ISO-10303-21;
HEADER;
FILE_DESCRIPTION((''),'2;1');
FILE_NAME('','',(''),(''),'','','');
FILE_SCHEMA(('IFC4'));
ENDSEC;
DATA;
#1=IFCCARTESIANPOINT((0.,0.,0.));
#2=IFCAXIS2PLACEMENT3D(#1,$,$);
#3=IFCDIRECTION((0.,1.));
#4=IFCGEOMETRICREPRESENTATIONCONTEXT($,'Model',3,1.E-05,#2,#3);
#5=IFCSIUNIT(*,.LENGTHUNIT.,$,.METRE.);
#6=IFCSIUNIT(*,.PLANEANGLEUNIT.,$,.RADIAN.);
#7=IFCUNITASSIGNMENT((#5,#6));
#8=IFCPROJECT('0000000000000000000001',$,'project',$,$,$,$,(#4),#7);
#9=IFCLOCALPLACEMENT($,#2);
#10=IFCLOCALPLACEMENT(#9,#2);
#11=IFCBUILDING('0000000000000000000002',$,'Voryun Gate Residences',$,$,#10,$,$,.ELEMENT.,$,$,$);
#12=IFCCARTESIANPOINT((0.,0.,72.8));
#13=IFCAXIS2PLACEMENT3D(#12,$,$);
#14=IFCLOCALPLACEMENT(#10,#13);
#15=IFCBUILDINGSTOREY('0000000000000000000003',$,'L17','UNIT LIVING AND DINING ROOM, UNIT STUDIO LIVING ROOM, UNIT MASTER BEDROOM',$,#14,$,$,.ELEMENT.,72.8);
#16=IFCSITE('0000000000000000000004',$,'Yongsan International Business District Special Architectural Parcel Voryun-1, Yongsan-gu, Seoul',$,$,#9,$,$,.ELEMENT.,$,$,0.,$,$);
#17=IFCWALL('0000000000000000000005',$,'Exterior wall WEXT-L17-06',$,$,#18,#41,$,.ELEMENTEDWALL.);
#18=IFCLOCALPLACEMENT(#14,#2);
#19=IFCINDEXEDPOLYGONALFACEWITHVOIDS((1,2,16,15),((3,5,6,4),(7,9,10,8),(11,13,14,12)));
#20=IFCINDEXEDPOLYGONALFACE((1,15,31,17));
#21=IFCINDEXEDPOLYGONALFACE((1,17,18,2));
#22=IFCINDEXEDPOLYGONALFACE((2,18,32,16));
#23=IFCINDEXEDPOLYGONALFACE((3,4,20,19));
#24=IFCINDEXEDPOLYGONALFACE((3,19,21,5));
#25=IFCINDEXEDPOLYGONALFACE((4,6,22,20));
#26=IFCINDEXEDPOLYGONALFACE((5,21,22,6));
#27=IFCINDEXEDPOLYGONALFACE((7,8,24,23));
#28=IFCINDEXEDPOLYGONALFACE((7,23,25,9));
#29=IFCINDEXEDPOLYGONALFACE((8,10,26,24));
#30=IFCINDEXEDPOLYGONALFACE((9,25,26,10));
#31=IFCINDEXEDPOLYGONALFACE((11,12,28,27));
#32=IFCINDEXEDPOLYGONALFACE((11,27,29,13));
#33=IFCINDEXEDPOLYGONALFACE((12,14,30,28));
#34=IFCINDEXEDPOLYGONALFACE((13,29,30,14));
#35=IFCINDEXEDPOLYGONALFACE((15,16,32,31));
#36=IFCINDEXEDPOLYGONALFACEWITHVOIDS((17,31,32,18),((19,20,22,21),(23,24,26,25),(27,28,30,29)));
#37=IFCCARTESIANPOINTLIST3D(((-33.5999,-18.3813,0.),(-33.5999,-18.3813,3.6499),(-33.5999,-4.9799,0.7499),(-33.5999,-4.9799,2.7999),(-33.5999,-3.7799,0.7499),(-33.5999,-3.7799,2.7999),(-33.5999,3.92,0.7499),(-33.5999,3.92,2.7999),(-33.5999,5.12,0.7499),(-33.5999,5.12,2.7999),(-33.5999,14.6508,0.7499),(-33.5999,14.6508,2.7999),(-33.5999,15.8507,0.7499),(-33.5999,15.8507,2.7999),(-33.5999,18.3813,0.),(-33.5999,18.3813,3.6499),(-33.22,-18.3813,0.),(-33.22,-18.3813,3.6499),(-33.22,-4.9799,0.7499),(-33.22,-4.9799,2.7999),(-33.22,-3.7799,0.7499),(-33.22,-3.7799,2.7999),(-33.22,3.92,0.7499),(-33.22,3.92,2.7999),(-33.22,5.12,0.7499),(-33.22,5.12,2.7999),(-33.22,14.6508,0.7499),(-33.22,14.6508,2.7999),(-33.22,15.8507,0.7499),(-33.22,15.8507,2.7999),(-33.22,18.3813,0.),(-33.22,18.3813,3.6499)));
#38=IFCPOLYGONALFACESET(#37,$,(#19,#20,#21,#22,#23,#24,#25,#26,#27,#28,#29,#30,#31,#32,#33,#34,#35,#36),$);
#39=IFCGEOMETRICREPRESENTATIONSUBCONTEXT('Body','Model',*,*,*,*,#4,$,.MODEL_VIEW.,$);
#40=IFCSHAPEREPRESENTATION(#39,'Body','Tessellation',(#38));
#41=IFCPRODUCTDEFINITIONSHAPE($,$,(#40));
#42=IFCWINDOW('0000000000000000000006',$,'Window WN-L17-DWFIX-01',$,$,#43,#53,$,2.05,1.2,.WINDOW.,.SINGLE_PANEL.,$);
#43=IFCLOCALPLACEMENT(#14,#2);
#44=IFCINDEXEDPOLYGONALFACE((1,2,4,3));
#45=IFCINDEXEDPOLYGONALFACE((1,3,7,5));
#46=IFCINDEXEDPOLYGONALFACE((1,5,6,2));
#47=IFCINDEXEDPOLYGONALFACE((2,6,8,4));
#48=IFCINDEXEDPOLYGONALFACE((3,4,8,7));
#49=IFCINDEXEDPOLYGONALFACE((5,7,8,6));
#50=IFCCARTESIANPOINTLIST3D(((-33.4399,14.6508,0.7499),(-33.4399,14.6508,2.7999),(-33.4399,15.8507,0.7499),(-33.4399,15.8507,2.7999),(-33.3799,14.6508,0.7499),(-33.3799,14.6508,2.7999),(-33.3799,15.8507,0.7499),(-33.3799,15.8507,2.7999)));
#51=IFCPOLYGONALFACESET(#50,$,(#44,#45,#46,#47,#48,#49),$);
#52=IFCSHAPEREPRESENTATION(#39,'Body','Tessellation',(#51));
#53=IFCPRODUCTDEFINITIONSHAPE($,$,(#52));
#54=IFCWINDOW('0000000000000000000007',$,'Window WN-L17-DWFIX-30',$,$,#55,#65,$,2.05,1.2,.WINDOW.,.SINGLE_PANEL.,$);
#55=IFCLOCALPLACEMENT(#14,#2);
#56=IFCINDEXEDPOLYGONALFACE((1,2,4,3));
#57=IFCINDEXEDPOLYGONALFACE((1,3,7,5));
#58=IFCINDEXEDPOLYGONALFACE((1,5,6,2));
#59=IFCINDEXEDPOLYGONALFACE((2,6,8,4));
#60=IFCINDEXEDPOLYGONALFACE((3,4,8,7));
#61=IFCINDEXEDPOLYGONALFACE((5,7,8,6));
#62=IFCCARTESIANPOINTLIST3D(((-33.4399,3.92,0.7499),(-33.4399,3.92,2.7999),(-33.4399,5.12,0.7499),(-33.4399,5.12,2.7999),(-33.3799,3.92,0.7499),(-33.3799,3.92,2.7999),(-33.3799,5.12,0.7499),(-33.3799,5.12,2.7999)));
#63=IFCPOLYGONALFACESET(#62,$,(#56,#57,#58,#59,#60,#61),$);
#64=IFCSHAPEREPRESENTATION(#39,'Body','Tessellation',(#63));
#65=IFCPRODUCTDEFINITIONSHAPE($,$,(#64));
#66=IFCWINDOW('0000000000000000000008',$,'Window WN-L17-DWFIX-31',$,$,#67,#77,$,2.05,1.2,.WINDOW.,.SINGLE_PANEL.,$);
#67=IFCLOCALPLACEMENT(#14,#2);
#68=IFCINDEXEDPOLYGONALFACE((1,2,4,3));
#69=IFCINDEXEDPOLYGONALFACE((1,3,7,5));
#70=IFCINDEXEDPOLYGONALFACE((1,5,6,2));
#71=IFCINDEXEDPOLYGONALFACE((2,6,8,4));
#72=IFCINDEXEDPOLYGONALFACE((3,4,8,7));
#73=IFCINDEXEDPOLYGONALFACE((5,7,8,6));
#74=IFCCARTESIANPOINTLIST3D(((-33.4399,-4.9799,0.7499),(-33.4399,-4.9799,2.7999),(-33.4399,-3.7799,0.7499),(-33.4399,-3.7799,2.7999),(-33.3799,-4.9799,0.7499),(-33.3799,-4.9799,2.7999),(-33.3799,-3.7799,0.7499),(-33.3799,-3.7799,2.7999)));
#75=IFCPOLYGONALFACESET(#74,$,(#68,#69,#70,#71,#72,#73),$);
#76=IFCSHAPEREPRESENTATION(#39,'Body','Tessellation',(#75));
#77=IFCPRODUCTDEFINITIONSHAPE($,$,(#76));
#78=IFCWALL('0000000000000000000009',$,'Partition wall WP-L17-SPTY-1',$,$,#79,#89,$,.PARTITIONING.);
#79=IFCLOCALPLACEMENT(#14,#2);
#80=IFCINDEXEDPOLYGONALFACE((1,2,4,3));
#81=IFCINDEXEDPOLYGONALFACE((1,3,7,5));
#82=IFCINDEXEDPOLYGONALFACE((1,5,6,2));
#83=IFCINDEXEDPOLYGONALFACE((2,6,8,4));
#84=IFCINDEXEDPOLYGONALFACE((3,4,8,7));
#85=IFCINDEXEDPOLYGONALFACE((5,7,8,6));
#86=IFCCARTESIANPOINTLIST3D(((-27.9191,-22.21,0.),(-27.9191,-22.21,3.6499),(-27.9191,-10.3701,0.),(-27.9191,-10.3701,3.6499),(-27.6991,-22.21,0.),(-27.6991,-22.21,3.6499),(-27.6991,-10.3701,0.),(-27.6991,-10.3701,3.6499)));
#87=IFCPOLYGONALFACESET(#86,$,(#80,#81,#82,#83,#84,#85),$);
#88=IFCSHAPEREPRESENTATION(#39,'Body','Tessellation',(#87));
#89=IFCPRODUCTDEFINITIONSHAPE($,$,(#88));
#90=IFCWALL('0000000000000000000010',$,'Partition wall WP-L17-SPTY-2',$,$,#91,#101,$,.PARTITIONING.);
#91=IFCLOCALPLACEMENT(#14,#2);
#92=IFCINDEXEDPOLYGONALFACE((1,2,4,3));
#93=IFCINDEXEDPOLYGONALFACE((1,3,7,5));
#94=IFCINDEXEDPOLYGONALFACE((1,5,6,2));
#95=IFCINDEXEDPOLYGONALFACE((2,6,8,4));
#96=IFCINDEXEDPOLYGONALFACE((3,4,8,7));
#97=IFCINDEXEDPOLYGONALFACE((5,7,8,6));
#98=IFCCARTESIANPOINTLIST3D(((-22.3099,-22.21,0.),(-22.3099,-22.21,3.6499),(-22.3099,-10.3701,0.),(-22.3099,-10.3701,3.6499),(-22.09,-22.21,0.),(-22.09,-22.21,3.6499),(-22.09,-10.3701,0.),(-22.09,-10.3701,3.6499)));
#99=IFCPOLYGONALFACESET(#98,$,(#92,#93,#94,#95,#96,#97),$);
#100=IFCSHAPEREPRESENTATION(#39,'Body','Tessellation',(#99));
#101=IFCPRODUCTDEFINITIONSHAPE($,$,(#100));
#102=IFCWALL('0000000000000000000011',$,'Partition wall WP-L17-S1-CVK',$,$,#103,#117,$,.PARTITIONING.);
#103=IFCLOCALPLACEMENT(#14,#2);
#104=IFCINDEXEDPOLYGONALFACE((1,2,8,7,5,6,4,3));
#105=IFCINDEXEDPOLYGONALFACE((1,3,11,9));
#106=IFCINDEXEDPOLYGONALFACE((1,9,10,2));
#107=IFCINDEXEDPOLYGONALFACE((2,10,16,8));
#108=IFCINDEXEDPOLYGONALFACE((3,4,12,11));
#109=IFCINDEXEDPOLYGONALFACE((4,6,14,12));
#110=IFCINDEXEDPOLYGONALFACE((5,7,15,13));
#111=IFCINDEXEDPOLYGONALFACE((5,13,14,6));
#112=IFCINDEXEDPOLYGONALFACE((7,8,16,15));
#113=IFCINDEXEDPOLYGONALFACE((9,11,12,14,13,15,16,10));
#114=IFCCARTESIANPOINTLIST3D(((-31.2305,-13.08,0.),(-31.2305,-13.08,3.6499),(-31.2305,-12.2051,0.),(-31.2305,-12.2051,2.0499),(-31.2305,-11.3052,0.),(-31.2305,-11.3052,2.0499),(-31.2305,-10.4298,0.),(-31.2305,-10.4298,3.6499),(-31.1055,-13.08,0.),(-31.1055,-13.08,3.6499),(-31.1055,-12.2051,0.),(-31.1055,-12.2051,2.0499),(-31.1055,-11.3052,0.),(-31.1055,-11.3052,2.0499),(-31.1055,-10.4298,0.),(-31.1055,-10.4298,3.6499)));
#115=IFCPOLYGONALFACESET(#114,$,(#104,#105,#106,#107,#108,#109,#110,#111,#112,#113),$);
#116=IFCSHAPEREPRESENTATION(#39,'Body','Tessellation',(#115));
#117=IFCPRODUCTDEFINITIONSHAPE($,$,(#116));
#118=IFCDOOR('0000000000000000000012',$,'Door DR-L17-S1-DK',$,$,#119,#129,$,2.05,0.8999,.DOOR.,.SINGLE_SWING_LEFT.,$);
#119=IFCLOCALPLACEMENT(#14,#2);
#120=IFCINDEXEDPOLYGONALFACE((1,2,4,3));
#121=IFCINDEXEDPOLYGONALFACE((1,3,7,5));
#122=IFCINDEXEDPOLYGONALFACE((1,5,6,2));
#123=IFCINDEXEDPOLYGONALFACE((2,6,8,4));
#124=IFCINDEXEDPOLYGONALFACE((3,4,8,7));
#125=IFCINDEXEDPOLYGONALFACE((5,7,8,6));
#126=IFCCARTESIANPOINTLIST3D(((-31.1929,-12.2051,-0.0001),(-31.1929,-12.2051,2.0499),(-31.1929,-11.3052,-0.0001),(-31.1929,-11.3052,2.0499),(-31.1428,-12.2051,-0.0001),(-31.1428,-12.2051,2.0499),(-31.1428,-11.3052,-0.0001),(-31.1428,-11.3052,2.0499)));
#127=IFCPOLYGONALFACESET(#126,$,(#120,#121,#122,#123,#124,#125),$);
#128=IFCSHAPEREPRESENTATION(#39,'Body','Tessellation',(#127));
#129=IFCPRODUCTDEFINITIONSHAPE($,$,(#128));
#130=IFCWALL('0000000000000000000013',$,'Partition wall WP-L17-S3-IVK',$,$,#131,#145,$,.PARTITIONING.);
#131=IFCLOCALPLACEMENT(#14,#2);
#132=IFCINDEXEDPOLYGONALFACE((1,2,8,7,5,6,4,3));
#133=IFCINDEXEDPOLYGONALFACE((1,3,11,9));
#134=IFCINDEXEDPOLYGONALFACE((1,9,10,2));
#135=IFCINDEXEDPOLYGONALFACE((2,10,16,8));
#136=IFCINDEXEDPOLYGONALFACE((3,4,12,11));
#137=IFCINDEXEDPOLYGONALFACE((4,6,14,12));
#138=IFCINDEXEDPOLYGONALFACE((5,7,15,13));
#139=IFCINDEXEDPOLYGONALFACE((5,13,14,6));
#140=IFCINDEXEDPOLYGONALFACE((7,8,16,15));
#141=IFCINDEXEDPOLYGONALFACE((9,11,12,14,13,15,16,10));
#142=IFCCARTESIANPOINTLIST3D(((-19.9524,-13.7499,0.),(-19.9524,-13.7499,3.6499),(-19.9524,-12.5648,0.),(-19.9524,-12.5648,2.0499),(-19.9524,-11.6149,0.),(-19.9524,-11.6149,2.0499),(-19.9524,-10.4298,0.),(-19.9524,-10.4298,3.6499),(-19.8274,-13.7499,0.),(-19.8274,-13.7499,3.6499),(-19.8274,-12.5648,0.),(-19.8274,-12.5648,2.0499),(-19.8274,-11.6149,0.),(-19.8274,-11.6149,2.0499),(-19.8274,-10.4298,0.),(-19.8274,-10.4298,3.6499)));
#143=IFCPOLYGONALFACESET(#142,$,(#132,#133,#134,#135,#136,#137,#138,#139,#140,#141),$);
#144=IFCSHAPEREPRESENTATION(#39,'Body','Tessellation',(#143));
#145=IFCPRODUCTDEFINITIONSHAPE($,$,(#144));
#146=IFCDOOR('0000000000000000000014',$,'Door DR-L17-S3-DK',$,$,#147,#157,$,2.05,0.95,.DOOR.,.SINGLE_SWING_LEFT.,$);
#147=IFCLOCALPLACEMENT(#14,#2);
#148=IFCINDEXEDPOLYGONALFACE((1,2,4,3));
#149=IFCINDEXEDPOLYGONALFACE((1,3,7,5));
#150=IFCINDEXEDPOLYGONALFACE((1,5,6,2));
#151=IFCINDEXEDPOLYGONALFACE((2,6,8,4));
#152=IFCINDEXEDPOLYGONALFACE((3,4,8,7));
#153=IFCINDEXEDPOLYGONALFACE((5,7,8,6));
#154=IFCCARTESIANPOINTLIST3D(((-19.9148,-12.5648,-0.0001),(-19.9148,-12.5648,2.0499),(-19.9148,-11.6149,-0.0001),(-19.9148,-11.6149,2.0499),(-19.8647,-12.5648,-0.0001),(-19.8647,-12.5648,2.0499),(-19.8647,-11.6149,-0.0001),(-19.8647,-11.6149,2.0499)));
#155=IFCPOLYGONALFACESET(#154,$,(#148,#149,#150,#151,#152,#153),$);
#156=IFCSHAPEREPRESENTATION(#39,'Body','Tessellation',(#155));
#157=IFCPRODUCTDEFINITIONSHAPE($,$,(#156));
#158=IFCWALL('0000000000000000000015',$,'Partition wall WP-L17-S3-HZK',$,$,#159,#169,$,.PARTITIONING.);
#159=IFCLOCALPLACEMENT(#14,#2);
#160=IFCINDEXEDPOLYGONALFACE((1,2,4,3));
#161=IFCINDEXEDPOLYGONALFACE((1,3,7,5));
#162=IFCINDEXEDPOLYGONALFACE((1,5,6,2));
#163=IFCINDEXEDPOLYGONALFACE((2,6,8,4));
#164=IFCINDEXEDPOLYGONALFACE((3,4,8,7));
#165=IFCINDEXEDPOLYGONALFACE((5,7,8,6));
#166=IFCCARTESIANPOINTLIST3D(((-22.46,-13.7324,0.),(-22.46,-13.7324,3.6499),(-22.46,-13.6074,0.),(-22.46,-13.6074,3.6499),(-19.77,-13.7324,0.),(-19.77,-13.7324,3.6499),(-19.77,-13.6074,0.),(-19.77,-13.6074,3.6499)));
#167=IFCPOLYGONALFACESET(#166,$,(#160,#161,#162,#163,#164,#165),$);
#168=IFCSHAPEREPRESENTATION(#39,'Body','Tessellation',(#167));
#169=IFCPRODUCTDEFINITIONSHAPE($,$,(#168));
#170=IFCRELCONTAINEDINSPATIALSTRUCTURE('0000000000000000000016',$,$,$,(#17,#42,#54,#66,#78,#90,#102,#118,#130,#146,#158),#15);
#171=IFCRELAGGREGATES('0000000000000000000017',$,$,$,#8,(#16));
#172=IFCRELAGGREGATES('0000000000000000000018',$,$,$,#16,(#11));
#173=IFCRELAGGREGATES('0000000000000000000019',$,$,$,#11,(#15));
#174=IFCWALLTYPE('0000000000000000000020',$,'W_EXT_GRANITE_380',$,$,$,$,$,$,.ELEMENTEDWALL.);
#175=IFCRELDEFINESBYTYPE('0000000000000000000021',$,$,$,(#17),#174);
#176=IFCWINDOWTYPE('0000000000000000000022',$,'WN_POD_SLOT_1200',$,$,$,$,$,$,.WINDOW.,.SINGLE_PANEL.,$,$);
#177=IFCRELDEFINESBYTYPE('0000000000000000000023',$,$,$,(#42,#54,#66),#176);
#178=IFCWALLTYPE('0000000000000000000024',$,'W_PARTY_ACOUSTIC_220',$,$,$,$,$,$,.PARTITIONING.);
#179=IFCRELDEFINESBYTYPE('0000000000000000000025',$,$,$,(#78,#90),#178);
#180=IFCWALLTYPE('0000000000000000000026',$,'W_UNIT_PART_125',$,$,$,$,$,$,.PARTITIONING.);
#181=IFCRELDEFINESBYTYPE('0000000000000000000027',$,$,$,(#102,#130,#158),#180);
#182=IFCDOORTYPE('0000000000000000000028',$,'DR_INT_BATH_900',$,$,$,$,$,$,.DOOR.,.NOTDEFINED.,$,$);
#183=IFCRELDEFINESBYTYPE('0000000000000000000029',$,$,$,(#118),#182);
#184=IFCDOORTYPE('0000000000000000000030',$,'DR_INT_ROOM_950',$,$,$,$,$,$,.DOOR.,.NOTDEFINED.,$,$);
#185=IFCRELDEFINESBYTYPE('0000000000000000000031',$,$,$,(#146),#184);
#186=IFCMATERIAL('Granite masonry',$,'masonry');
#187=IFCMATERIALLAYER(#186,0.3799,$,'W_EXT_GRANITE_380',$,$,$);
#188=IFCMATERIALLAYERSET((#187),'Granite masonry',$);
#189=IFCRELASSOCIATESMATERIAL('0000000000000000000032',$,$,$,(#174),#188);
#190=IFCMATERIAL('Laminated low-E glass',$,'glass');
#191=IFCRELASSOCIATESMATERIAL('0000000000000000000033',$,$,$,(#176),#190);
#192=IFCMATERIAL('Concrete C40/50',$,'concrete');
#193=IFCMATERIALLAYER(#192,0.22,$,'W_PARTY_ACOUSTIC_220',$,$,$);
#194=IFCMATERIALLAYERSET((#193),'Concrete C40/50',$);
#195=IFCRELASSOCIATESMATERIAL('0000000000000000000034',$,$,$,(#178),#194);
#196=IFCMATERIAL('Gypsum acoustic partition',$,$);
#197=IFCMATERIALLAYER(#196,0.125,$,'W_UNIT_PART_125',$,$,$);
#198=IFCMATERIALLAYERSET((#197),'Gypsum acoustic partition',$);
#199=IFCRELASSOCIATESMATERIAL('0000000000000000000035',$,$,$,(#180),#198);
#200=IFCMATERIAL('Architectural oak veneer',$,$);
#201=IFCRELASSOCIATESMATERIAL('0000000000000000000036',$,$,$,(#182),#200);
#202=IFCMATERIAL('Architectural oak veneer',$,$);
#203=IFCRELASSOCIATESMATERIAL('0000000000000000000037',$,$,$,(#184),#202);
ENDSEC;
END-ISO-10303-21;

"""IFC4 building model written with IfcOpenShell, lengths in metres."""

from ifc_helpers import new_model, si_unit, direction, frame, frame_2d, origin, place, context, subcontext, project, spatial, rectangle, extrude, material, layer, layer_set, type_object, element, fill, save


model = new_model("IFC4")

# Units and contexts
model_context = context("Model", 3, precision=1e-05, world=origin(), true_north=direction((0.0, 1.0)))
body_context = subcontext(model_context, "Body", "Model", "MODEL_VIEW")
ifc_project = project(units=[si_unit("LENGTHUNIT", "METRE"), si_unit("PLANEANGLEUNIT", "RADIAN")], contexts=[model_context])

# Site, building, storey
site_placement = place(None, origin())
site = spatial("IfcSite", under=ifc_project, at=site_placement, Name="Yongsan International Business District Special Architectural Parcel Voryun-1, Yongsan-gu, Seoul", CompositionType="ELEMENT", RefElevation=0.0)
building_placement = place(site_placement, origin())
building = spatial("IfcBuilding", under=site, at=building_placement, Name="Voryun Gate Residences", CompositionType="ELEMENT")
storey_placement = place(building_placement, frame((0.0, 0.0, 72.8)))
storey = spatial("IfcBuildingStorey", under=building, at=storey_placement, Name="L17", Description="UNIT LIVING AND DINING ROOM, UNIT STUDIO LIVING ROOM, UNIT MASTER BEDROOM", CompositionType="ELEMENT", Elevation=72.8)

# Shared definitions
ifc_material_1 = material(Name="Granite masonry", Category="masonry")
ifc_layer_1 = layer(ifc_material_1, 0.3799, Name="W_EXT_GRANITE_380")
ifc_layer_set_1 = layer_set([ifc_layer_1], Name="Granite masonry")
wall_type_1 = type_object("IfcWallType", Name="W_EXT_GRANITE_380", PredefinedType="ELEMENTEDWALL", material=ifc_layer_set_1)

# Wall, openings, windows
wall_1_placement = place(storey_placement, frame((-33.4099, -18.3813, 0.0), z_axis=(0.0, 0.0, 1.0), x_axis=(0.0, 1.0, 0.0)))
wall_1 = element("IfcWall", 1, at=wall_1_placement, inside=storey, type_object=wall_type_1, Name="Exterior wall WEXT-L17-06", PredefinedType="ELEMENTEDWALL", context=body_context, shape_type="SweptSolid", body=[
    extrude(rectangle(XDim=36.7627, YDim=0.3799, at=frame_2d((18.3813, 0.0))), origin(), (0.0, 0.0, 1.0), 3.6499),
])
opening_1_placement = place(wall_1_placement, frame((33.032, 0.0, 0.75)))
opening_1 = element("IfcOpeningElement", 2, at=opening_1_placement, cuts=wall_1, PredefinedType="OPENING", context=body_context, shape_type="SweptSolid", body=[
    extrude(rectangle(XDim=1.2, YDim=2.05, at=frame_2d((0.6001, 1.0249))), frame((0.0, 0.2, 0.0), z_axis=(0.0, -1.0, 0.0), x_axis=(1.0, 0.0, 0.0)), (0.0, 0.0, 1.0), 0.3999),
])
opening_2_placement = place(wall_1_placement, frame((22.3013, 0.0, 0.75)))
opening_2 = element("IfcOpeningElement", 3, at=opening_2_placement, cuts=wall_1, PredefinedType="OPENING", context=body_context, shape_type="SweptSolid", body=[
    extrude(rectangle(XDim=1.2, YDim=2.05, at=frame_2d((0.6001, 1.0249))), frame((0.0, 0.2, 0.0), z_axis=(0.0, -1.0, 0.0), x_axis=(1.0, 0.0, 0.0)), (0.0, 0.0, 1.0), 0.3999),
])
opening_3_placement = place(wall_1_placement, frame((13.4014, 0.0, 0.75)))
opening_3 = element("IfcOpeningElement", 4, at=opening_3_placement, cuts=wall_1, PredefinedType="OPENING", context=body_context, shape_type="SweptSolid", body=[
    extrude(rectangle(XDim=1.2, YDim=2.05, at=frame_2d((0.6001, 1.0249))), frame((0.0, 0.2, 0.0), z_axis=(0.0, -1.0, 0.0), x_axis=(1.0, 0.0, 0.0)), (0.0, 0.0, 1.0), 0.3999),
])
ifc_material_2 = material(Name="Laminated low-E glass", Category="glass")
window_type = type_object("IfcWindowType", Name="WN_POD_SLOT_1200", PartitioningType="SINGLE_PANEL", PredefinedType="WINDOW", material=ifc_material_2)
window_1_placement = place(opening_1_placement, origin())
window_1 = element("IfcWindow", 5, at=window_1_placement, inside=storey, type_object=window_type, Name="Window WN-L17-DWFIX-01", OverallHeight=2.05, OverallWidth=1.2, PartitioningType="SINGLE_PANEL", PredefinedType="WINDOW", context=body_context, shape_type="SweptSolid", body=[
    extrude(rectangle(XDim=1.2, YDim=2.05, at=frame_2d((0.6001, 1.0249))), frame((0.0, 0.03, 0.0), z_axis=(0.0, -1.0, 0.0), x_axis=(1.0, 0.0, 0.0)), (0.0, 0.0, 1.0), 0.0601),
])
fill(opening_1, window_1)
window_2_placement = place(opening_2_placement, origin())
window_2 = element("IfcWindow", 6, at=window_2_placement, inside=storey, type_object=window_type, Name="Window WN-L17-DWFIX-30", OverallHeight=2.05, OverallWidth=1.2, PartitioningType="SINGLE_PANEL", PredefinedType="WINDOW", context=body_context, shape_type="SweptSolid", body=[
    extrude(rectangle(XDim=1.2, YDim=2.05, at=frame_2d((0.6001, 1.0249))), frame((0.0, 0.03, 0.0), z_axis=(0.0, -1.0, 0.0), x_axis=(1.0, 0.0, 0.0)), (0.0, 0.0, 1.0), 0.0601),
])
fill(opening_2, window_2)
window_3_placement = place(opening_3_placement, origin())
window_3 = element("IfcWindow", 7, at=window_3_placement, inside=storey, type_object=window_type, Name="Window WN-L17-DWFIX-31", OverallHeight=2.05, OverallWidth=1.2, PartitioningType="SINGLE_PANEL", PredefinedType="WINDOW", context=body_context, shape_type="SweptSolid", body=[
    extrude(rectangle(XDim=1.2, YDim=2.05, at=frame_2d((0.6001, 1.0249))), frame((0.0, 0.03, 0.0), z_axis=(0.0, -1.0, 0.0), x_axis=(1.0, 0.0, 0.0)), (0.0, 0.0, 1.0), 0.0601),
])
fill(opening_3, window_3)

# Walls
ifc_material_3 = material(Name="Concrete C40/50", Category="concrete")
ifc_layer_2 = layer(ifc_material_3, 0.22, Name="W_PARTY_ACOUSTIC_220")
ifc_layer_set_2 = layer_set([ifc_layer_2], Name="Concrete C40/50")
wall_type_2 = type_object("IfcWallType", Name="W_PARTY_ACOUSTIC_220", PredefinedType="PARTITIONING", material=ifc_layer_set_2)
for number, where, z_axis, x_axis, name in (
    (8, (-27.8091, -22.21, 0.0), (0.0, 0.0, 1.0), (0.0, 1.0, 0.0), "Partition wall WP-L17-SPTY-1"),
    (9, (-22.2, -22.21, 0.0), (0.0, 0.0, 1.0), (0.0, 1.0, 0.0), "Partition wall WP-L17-SPTY-2"),
):
    element("IfcWall", number, at=place(storey_placement, frame(where, z_axis=z_axis, x_axis=x_axis)), inside=storey, type_object=wall_type_2, Name=name, PredefinedType="PARTITIONING", context=body_context, shape_type="SweptSolid", body=[
        extrude(rectangle(XDim=11.8398, YDim=0.22, at=frame_2d((5.9199, 0.0))), origin(), (0.0, 0.0, 1.0), 3.6499),
    ])

# Walls, openings, doors
ifc_material_4 = material(Name="Gypsum acoustic partition")
ifc_layer_3 = layer(ifc_material_4, 0.125, Name="W_UNIT_PART_125")
ifc_layer_set_3 = layer_set([ifc_layer_3], Name="Gypsum acoustic partition")
wall_type_3 = type_object("IfcWallType", Name="W_UNIT_PART_125", PredefinedType="PARTITIONING", material=ifc_layer_set_3)
wall_2_placement = place(storey_placement, frame((-31.168, -13.0801, 0.0), z_axis=(0.0, 0.0, 1.0), x_axis=(0.0, 1.0, 0.0)))
wall_2 = element("IfcWall", 10, at=wall_2_placement, inside=storey, type_object=wall_type_3, Name="Partition wall WP-L17-S1-CVK", PredefinedType="PARTITIONING", context=body_context, shape_type="SweptSolid", body=[
    extrude(rectangle(XDim=2.6501, YDim=0.125, at=frame_2d((1.3252, 0.0))), origin(), (0.0, 0.0, 1.0), 3.6499),
])
opening_4_placement = place(wall_2_placement, frame((0.875, 0.0, 0.0)))
opening_4 = element("IfcOpeningElement", 11, at=opening_4_placement, cuts=wall_2, PredefinedType="OPENING", context=body_context, shape_type="SweptSolid", body=[
    extrude(rectangle(XDim=0.8999, YDim=2.05, at=frame_2d((0.45, 1.0249))), frame((0.0, 0.0725, 0.0), z_axis=(0.0, -1.0, 0.0), x_axis=(1.0, 0.0, 0.0)), (0.0, 0.0, 1.0), 0.145),
])
ifc_material_5 = material(Name="Architectural oak veneer")
door_type_1 = type_object("IfcDoorType", Name="DR_INT_BATH_900", OperationType="NOTDEFINED", PredefinedType="DOOR", material=ifc_material_5)
door_1_placement = place(opening_4_placement, origin())
door_1 = element("IfcDoor", 12, at=door_1_placement, inside=storey, type_object=door_type_1, Name="Door DR-L17-S1-DK", OperationType="SINGLE_SWING_LEFT", OverallHeight=2.05, OverallWidth=0.8999, PredefinedType="DOOR", context=body_context, shape_type="SweptSolid", body=[
    extrude(rectangle(XDim=0.8999, YDim=2.05, at=frame_2d((0.45, 1.0249))), frame((0.0, 0.0249, 0.0), z_axis=(0.0, -1.0, 0.0), x_axis=(1.0, 0.0, 0.0)), (0.0, 0.0, 1.0), 0.05),
])
fill(opening_4, door_1)
wall_3_placement = place(storey_placement, frame((-19.8899, -13.75, 0.0), z_axis=(0.0, 0.0, 1.0), x_axis=(0.0, 1.0, 0.0)))
wall_3 = element("IfcWall", 13, at=wall_3_placement, inside=storey, type_object=wall_type_3, Name="Partition wall WP-L17-S3-IVK", PredefinedType="PARTITIONING", context=body_context, shape_type="SweptSolid", body=[
    extrude(rectangle(XDim=3.3201, YDim=0.125, at=frame_2d((1.6602, 0.0))), origin(), (0.0, 0.0, 1.0), 3.6499),
])
opening_5_placement = place(wall_3_placement, frame((1.1851, 0.0, 0.0)))
opening_5 = element("IfcOpeningElement", 14, at=opening_5_placement, cuts=wall_3, PredefinedType="OPENING", context=body_context, shape_type="SweptSolid", body=[
    extrude(rectangle(XDim=0.95, YDim=2.05, at=frame_2d((0.4751, 1.0249))), frame((0.0, 0.0725, 0.0), z_axis=(0.0, -1.0, 0.0), x_axis=(1.0, 0.0, 0.0)), (0.0, 0.0, 1.0), 0.145),
])
ifc_material_6 = material(Name="Architectural oak veneer")
door_type_2 = type_object("IfcDoorType", Name="DR_INT_ROOM_950", OperationType="NOTDEFINED", PredefinedType="DOOR", material=ifc_material_6)
door_2_placement = place(opening_5_placement, origin())
door_2 = element("IfcDoor", 15, at=door_2_placement, inside=storey, type_object=door_type_2, Name="Door DR-L17-S3-DK", OperationType="SINGLE_SWING_LEFT", OverallHeight=2.05, OverallWidth=0.95, PredefinedType="DOOR", context=body_context, shape_type="SweptSolid", body=[
    extrude(rectangle(XDim=0.95, YDim=2.05, at=frame_2d((0.4751, 1.0249))), frame((0.0, 0.0249, 0.0), z_axis=(0.0, -1.0, 0.0), x_axis=(1.0, 0.0, 0.0)), (0.0, 0.0, 1.0), 0.05),
])
fill(opening_5, door_2)

# Wall
wall_4_placement = place(storey_placement, frame((-22.46, -13.6699, 0.0), z_axis=(0.0, 0.0, 1.0), x_axis=(1.0, 0.0, 0.0)))
element("IfcWall", 16, at=wall_4_placement, inside=storey, type_object=wall_type_3, Name="Partition wall WP-L17-S3-HZK", PredefinedType="PARTITIONING", context=body_context, shape_type="SweptSolid", body=[
    extrude(rectangle(XDim=2.6899, YDim=0.125, at=frame_2d((1.345, 0.0))), origin(), (0.0, 0.0, 1.0), 3.6499),
])

save(model, "model.ifc")
